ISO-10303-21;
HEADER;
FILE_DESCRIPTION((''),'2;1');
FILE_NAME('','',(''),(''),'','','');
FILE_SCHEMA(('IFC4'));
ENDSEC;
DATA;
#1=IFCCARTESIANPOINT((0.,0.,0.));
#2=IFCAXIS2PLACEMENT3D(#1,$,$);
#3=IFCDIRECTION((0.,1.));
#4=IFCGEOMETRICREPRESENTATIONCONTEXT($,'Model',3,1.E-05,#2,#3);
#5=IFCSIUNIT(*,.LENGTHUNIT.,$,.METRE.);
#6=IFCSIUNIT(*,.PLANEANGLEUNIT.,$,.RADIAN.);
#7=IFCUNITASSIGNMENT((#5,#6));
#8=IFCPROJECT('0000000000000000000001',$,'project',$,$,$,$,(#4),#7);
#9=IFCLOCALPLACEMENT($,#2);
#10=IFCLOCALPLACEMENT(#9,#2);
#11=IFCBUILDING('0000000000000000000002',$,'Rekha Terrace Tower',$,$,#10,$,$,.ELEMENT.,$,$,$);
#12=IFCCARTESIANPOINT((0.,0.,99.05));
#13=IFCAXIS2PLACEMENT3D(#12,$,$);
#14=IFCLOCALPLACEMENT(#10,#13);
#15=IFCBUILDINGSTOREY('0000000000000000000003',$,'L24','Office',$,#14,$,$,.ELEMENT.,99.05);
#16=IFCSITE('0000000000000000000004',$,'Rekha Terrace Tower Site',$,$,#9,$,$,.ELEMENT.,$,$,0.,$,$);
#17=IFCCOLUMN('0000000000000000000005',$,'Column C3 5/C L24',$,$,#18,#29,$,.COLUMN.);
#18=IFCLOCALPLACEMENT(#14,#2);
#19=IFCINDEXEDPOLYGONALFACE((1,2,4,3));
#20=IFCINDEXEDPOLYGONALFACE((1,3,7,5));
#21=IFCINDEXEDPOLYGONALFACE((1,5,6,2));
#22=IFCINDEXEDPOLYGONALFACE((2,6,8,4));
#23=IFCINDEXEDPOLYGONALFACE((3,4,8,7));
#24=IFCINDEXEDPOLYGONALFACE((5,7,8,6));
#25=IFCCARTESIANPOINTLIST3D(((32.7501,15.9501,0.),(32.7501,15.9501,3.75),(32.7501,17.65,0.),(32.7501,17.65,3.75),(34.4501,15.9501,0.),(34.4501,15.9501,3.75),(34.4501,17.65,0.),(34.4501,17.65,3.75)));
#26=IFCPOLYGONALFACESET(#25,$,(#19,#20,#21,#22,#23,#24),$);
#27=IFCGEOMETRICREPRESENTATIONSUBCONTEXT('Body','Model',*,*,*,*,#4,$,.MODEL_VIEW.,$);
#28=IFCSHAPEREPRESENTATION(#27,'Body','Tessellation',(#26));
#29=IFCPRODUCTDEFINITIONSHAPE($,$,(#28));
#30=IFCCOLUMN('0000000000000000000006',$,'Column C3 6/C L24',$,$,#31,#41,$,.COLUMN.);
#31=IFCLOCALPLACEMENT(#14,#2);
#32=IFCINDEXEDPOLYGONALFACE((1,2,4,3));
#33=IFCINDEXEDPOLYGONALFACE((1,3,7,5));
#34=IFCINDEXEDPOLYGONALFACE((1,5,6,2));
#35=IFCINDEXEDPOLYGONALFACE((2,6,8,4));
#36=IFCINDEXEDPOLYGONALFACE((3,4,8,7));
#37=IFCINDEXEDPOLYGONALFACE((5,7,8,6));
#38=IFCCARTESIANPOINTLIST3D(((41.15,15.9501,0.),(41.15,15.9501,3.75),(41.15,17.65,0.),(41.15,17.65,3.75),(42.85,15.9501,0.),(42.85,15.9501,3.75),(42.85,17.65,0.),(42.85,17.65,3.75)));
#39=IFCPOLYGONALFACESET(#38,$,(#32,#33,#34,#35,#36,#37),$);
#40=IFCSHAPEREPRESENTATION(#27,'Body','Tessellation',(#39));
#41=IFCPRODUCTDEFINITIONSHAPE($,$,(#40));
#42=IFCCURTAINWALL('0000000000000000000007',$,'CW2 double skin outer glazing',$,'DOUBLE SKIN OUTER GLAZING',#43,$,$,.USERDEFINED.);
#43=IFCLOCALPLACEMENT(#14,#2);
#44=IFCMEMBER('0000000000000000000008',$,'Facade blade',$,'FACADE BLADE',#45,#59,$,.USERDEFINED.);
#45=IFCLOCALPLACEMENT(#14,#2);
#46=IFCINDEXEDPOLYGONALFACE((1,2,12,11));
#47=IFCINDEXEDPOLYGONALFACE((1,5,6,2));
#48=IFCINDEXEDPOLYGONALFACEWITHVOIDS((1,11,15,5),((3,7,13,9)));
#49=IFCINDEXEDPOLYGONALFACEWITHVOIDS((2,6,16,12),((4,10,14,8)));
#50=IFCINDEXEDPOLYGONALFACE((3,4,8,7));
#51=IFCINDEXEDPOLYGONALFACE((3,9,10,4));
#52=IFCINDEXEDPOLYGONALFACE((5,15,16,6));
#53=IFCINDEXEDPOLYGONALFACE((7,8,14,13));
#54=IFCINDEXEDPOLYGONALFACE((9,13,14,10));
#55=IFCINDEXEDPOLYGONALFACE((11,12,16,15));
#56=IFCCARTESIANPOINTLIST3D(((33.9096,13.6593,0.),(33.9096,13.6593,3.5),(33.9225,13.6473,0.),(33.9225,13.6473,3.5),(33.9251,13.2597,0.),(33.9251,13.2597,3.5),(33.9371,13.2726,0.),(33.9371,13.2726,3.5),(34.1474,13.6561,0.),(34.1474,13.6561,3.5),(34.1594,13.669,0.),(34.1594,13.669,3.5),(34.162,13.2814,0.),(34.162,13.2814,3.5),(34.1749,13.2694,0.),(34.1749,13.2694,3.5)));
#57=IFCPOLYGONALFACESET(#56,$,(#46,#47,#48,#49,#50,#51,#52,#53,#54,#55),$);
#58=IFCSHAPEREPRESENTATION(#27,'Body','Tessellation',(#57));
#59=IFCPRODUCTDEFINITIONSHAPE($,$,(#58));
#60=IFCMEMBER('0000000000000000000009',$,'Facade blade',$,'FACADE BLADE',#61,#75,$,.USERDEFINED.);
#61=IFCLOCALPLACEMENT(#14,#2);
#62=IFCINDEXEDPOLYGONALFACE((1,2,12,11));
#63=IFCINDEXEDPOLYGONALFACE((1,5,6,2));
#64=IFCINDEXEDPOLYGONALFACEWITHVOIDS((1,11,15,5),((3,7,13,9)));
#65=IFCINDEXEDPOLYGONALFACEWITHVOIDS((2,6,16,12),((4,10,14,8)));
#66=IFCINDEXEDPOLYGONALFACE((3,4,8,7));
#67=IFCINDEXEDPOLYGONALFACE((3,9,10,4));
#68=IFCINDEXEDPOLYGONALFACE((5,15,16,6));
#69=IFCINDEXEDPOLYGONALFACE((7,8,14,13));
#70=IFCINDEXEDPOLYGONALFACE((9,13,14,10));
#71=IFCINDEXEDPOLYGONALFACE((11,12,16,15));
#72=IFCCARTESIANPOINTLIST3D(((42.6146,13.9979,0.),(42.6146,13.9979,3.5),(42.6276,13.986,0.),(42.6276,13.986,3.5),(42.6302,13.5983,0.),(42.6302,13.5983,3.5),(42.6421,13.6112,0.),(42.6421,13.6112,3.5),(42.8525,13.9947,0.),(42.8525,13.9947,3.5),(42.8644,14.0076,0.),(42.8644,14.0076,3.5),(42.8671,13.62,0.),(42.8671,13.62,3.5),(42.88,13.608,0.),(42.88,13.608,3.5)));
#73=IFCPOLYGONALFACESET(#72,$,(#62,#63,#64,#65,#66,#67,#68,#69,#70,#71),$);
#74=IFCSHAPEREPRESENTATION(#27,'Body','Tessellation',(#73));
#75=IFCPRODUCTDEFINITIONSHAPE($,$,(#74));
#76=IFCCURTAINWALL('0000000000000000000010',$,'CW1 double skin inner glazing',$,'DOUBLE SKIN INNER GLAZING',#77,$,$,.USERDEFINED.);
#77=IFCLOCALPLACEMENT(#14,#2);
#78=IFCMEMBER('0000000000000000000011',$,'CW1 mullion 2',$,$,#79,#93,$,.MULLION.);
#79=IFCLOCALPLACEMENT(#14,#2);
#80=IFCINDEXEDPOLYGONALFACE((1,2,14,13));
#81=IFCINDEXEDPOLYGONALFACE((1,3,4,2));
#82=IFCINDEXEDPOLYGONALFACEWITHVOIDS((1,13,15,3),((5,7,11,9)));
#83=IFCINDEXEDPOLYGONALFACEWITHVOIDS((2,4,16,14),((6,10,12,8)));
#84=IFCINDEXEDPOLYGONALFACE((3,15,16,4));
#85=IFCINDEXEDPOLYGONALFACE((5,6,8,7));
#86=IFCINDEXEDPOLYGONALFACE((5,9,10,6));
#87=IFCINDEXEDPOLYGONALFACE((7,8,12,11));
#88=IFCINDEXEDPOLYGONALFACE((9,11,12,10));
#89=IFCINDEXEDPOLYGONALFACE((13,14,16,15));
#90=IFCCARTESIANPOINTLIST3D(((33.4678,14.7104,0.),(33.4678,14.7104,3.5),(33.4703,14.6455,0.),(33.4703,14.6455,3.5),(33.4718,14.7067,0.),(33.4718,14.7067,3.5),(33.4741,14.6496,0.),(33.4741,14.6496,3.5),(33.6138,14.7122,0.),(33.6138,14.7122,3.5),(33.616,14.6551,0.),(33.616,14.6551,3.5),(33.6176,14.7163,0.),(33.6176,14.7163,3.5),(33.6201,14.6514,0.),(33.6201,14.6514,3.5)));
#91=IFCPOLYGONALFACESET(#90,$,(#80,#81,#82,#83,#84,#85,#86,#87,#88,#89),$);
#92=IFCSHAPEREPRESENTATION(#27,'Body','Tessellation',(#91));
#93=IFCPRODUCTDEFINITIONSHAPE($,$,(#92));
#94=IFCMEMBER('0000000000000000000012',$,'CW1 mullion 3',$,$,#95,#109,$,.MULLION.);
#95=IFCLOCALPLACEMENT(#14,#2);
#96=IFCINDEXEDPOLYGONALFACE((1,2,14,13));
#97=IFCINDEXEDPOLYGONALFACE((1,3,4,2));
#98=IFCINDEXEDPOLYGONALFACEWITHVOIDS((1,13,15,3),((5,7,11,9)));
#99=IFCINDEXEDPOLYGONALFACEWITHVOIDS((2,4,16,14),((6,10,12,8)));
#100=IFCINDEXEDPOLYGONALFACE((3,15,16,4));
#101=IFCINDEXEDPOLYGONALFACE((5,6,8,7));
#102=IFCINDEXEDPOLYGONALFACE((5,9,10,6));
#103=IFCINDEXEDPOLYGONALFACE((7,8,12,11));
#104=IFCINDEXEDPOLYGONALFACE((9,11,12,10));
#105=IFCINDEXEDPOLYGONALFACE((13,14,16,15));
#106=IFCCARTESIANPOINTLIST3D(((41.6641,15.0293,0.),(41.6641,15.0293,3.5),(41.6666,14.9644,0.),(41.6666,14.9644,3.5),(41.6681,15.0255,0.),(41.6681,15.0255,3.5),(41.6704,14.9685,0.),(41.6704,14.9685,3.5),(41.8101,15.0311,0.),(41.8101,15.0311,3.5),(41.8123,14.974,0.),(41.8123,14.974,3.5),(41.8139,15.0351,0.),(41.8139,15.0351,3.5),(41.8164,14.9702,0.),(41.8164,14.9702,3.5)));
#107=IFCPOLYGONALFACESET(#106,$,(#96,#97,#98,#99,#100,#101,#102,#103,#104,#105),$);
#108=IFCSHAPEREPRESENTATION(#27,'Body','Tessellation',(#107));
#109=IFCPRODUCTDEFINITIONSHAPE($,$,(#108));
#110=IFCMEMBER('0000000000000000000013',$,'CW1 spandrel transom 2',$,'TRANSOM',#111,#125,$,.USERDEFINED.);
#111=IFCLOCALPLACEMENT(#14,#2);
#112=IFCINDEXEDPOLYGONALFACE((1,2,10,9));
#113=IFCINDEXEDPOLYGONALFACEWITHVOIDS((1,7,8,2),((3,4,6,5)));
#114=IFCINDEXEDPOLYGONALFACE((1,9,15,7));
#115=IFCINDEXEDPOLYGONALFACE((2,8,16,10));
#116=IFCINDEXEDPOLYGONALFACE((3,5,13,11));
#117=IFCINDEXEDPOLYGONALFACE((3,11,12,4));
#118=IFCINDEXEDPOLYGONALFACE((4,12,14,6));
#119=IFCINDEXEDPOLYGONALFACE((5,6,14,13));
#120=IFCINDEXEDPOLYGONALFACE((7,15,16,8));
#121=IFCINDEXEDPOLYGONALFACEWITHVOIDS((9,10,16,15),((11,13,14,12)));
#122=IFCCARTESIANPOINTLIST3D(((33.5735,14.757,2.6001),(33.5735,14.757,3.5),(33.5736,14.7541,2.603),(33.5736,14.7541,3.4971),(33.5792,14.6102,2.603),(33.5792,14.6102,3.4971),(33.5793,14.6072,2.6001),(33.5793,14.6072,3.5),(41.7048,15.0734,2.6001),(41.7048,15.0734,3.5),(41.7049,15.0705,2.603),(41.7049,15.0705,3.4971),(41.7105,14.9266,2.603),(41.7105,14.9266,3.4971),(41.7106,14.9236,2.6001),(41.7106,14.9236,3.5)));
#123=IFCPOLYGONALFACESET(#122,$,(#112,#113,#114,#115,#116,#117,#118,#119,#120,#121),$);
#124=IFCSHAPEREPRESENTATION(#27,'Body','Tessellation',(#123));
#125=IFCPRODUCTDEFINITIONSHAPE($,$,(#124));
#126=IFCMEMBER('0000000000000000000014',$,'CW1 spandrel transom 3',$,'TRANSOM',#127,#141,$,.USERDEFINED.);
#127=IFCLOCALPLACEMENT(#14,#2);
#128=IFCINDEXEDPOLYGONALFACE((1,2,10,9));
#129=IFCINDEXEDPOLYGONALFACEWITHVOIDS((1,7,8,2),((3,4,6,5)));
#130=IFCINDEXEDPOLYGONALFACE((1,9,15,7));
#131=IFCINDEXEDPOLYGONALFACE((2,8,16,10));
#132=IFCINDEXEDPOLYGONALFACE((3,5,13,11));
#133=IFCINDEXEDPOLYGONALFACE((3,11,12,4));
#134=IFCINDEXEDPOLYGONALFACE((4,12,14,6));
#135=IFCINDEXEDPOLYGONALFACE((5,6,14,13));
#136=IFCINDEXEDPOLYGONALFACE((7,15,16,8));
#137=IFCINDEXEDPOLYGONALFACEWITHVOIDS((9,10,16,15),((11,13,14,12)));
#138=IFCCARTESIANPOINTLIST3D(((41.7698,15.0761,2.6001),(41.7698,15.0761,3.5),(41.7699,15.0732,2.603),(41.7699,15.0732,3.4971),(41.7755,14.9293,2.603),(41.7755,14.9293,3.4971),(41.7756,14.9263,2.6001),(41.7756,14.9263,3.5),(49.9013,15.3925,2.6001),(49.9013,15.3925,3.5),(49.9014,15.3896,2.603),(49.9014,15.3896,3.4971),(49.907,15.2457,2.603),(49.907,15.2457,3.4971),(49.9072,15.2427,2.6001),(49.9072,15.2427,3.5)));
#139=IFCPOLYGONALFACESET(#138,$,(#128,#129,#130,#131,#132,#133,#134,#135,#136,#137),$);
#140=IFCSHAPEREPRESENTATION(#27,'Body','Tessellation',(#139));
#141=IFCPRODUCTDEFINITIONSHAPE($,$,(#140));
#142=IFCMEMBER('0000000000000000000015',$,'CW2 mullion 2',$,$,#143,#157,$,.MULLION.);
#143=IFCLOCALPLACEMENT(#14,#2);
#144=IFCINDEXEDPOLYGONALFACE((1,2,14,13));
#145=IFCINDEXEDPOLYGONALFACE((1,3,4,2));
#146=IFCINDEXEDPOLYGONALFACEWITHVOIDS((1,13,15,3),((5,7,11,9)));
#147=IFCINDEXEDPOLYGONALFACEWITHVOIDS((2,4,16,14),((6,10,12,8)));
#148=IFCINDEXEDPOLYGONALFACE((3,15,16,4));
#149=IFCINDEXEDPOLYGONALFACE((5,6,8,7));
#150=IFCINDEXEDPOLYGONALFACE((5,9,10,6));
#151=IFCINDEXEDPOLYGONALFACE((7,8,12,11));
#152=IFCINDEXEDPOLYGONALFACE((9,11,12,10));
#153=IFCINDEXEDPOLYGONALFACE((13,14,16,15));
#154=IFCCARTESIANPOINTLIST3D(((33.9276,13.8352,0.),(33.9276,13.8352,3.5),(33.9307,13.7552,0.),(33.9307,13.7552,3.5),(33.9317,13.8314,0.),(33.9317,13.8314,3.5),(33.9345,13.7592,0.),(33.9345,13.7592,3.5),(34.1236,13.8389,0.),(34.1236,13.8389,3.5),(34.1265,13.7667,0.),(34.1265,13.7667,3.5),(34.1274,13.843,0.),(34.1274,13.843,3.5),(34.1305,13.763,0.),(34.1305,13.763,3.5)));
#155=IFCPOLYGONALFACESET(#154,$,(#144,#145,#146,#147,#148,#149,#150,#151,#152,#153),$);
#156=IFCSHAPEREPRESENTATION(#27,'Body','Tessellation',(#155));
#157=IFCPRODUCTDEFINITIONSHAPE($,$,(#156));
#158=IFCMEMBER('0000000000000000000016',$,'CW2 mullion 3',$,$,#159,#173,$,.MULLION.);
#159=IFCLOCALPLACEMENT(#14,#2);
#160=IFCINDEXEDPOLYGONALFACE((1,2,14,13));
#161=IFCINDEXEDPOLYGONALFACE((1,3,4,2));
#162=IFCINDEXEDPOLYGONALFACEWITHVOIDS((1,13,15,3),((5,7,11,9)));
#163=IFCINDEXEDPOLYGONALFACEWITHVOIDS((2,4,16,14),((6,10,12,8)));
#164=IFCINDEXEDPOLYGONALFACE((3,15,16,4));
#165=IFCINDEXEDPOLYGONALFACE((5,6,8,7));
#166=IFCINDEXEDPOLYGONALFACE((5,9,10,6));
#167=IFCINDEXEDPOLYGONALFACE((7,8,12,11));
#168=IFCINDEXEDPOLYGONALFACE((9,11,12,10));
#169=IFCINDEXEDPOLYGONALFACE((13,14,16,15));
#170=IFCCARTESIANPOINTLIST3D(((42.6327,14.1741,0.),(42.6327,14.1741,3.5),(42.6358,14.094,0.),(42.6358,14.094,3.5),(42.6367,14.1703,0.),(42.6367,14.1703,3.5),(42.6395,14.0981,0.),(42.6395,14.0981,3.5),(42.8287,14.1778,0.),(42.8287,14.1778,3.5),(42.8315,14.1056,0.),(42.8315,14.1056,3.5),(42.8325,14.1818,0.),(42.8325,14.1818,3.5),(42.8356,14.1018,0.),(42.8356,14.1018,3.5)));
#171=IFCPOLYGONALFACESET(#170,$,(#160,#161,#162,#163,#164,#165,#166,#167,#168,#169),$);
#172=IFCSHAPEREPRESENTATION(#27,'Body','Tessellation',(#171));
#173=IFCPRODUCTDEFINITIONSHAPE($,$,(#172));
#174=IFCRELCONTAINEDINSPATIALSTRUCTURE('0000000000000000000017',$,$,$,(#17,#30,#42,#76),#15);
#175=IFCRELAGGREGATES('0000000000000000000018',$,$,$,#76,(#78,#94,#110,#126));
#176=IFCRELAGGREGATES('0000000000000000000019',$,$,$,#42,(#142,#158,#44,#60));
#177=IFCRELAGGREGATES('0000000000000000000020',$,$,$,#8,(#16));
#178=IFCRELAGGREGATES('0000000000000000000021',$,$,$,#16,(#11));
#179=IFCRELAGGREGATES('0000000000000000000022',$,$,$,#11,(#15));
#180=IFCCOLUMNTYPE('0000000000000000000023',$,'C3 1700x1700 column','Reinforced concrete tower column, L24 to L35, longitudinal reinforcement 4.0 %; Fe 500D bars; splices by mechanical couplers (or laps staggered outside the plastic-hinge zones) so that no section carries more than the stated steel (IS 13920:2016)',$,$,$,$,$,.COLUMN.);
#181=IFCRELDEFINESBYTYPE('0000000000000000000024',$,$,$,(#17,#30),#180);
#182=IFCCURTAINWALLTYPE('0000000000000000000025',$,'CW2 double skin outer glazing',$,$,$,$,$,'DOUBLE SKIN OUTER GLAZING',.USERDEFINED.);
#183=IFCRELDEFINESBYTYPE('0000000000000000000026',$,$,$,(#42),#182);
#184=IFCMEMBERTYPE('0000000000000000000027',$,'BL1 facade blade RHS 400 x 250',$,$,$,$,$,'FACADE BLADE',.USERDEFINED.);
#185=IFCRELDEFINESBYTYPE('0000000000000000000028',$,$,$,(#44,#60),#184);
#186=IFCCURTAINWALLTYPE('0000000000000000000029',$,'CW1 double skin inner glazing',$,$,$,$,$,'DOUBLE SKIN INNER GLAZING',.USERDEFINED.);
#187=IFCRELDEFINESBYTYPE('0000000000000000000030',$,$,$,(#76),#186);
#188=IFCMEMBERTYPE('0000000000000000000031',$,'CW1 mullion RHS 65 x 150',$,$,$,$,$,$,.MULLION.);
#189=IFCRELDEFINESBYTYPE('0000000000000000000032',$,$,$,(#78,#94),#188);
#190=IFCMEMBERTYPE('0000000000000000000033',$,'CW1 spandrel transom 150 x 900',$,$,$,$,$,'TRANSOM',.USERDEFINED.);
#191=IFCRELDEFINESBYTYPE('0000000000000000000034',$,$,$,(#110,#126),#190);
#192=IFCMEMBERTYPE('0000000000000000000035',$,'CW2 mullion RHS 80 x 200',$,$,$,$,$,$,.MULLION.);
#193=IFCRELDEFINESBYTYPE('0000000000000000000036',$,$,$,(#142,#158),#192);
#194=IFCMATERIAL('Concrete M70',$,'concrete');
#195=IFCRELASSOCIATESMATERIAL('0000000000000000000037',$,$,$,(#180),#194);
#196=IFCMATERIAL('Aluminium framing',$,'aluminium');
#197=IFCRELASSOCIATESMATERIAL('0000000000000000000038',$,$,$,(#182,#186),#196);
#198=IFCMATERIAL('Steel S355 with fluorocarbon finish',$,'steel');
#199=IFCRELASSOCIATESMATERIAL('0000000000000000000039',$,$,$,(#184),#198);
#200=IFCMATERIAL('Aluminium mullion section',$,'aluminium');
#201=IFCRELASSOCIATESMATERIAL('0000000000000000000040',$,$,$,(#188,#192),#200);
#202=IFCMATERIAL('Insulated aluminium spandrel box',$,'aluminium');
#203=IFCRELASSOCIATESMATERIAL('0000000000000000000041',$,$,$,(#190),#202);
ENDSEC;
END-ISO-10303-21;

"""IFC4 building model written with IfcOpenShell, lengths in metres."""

from ifc_helpers import new_model, si_unit, direction, frame, origin, origin_2d, place, context, subcontext, project, spatial, rectangle, hollow_rectangle, extrude, material, material_profile, profile_set, type_object, element, aggregate, save


model = new_model("IFC4")

# Units and contexts
model_context = context("Model", 3, precision=1e-05, world=origin(), true_north=direction((0.0, 1.0)))
body_context = subcontext(model_context, "Body", "Model", "MODEL_VIEW")
ifc_project = project(units=[si_unit("LENGTHUNIT", "METRE"), si_unit("PLANEANGLEUNIT", "RADIAN")], contexts=[model_context])

# Site, building, storey
site_placement = place(None, origin())
site = spatial("IfcSite", under=ifc_project, at=site_placement, Name="Rekha Terrace Tower Site", CompositionType="ELEMENT", RefElevation=0.0)
building_placement = place(site_placement, origin())
building = spatial("IfcBuilding", under=site, at=building_placement, Name="Rekha Terrace Tower", CompositionType="ELEMENT")
storey_placement = place(building_placement, frame((0.0, 0.0, 99.05)))
storey = spatial("IfcBuildingStorey", under=building, at=storey_placement, Name="L24", Description="Office", CompositionType="ELEMENT", Elevation=99.05)

# Columns
ifc_material_1 = material(Name="Concrete M70", Category="concrete")
ifc_material_profile_1 = material_profile(ifc_material_1, rectangle(XDim=1.7, YDim=1.7, at=origin_2d()), Name="RC 1700x1700")
ifc_profile_set_1 = profile_set([ifc_material_profile_1], Name="Concrete M70")
column_type = type_object("IfcColumnType", Name="C3 1700x1700 column", Description="Reinforced concrete tower column, L24 to L35, longitudinal reinforcement 4.0 %; Fe 500D bars; splices by mechanical couplers (or laps staggered outside the plastic-hinge zones) so that no section carries more than the stated steel (IS 13920:2016)", PredefinedType="COLUMN", material=ifc_profile_set_1)
for number, where, z_axis, x_axis, name in (
    (1, (33.6001, 16.8, 0.0), (0.0, 0.0, 1.0), (1.0, 0.0, 0.0), "Column C3 5/C L24"),
    (2, (42.0, 16.8, 0.0), (0.0, 0.0, 1.0), (1.0, 0.0, 0.0), "Column C3 6/C L24"),
):
    element("IfcColumn", number, at=place(storey_placement, frame(where, z_axis=z_axis, x_axis=x_axis)), inside=storey, type_object=column_type, Name=name, PredefinedType="COLUMN", context=body_context, shape_type="SweptSolid", body=[
        extrude(rectangle(XDim=1.7, YDim=1.7, at=origin_2d()), origin(), (0.0, 0.0, 1.0), 3.75),
    ])

# Curtain walls, members
ifc_material_2 = material(Name="Aluminium framing", Category="aluminium")
curtain_wall_type_1 = type_object("IfcCurtainWallType", Name="CW2 double skin outer glazing", ElementType="DOUBLE SKIN OUTER GLAZING", PredefinedType="USERDEFINED", material=ifc_material_2)
curtain_wall_1_placement = place(storey_placement, origin())
curtain_wall_1 = element("IfcCurtainWall", 3, at=curtain_wall_1_placement, inside=storey, type_object=curtain_wall_type_1, Name="CW2 double skin outer glazing", ObjectType="DOUBLE SKIN OUTER GLAZING", PredefinedType="USERDEFINED")
ifc_material_3 = material(Name="Steel S355 with fluorocarbon finish", Category="steel")
ifc_material_profile_2 = material_profile(ifc_material_3, hollow_rectangle(XDim=0.25, YDim=0.3999, WallThickness=0.0125, at=origin_2d()), Name="RHS400x250x12.5")
ifc_profile_set_2 = profile_set([ifc_material_profile_2], Name="Steel S355 with fluorocarbon finish")
member_type_1 = type_object("IfcMemberType", Name="BL1 facade blade RHS 400 x 250", ElementType="FACADE BLADE", PredefinedType="USERDEFINED", material=ifc_profile_set_2)
member_1_placement = place(storey_placement, frame((34.0422, 13.4644, 0.0), z_axis=(0.0, 0.0, 1.0), x_axis=(0.999243, 0.03889, 0.0)))
member_1 = element("IfcMember", 4, at=member_1_placement, type_object=member_type_1, Name="Facade blade", ObjectType="FACADE BLADE", PredefinedType="USERDEFINED", context=body_context, shape_type="SweptSolid", body=[
    extrude(hollow_rectangle(XDim=0.25, YDim=0.3999, WallThickness=0.0125, at=origin_2d()), origin(), (0.0, 0.0, 1.0), 3.5),
])
member_2_placement = place(storey_placement, frame((42.7473, 13.803, 0.0), z_axis=(0.0, 0.0, 1.0), x_axis=(0.999243, 0.03889, 0.0)))
member_2 = element("IfcMember", 5, at=member_2_placement, type_object=member_type_1, Name="Facade blade", ObjectType="FACADE BLADE", PredefinedType="USERDEFINED", context=body_context, shape_type="SweptSolid", body=[
    extrude(hollow_rectangle(XDim=0.25, YDim=0.3999, WallThickness=0.0125, at=origin_2d()), origin(), (0.0, 0.0, 1.0), 3.5),
])
curtain_wall_type_2 = type_object("IfcCurtainWallType", Name="CW1 double skin inner glazing", ElementType="DOUBLE SKIN INNER GLAZING", PredefinedType="USERDEFINED", material=ifc_material_2)
curtain_wall_2_placement = place(storey_placement, origin())
curtain_wall_2 = element("IfcCurtainWall", 6, at=curtain_wall_2_placement, inside=storey, type_object=curtain_wall_type_2, Name="CW1 double skin inner glazing", ObjectType="DOUBLE SKIN INNER GLAZING", PredefinedType="USERDEFINED")
ifc_material_4 = material(Name="Aluminium mullion section", Category="aluminium")
ifc_material_profile_3 = material_profile(ifc_material_4, hollow_rectangle(XDim=0.0649, YDim=0.1499, WallThickness=0.0039, at=origin_2d()), Name="AL RHS 65x150")
ifc_profile_set_3 = profile_set([ifc_material_profile_3], Name="Aluminium mullion section")
member_type_2 = type_object("IfcMemberType", Name="CW1 mullion RHS 65 x 150", PredefinedType="MULLION", material=ifc_profile_set_3)
member_3_placement = place(storey_placement, frame((33.5439, 14.6809, 0.0), z_axis=(0.0, 0.0, 1.0), x_axis=(-0.03889, 0.999243, 0.0)))
member_3 = element("IfcMember", 7, at=member_3_placement, type_object=member_type_2, Name="CW1 mullion 2", PredefinedType="MULLION", context=body_context, shape_type="SweptSolid", body=[
    extrude(hollow_rectangle(XDim=0.0649, YDim=0.1499, WallThickness=0.0039, at=origin_2d()), origin(), (0.0, 0.0, 1.0), 3.5),
])
member_4_placement = place(storey_placement, frame((41.7402, 14.9998, 0.0), z_axis=(0.0, 0.0, 1.0), x_axis=(-0.03889, 0.999243, 0.0)))
member_4 = element("IfcMember", 8, at=member_4_placement, type_object=member_type_2, Name="CW1 mullion 3", PredefinedType="MULLION", context=body_context, shape_type="SweptSolid", body=[
    extrude(hollow_rectangle(XDim=0.0649, YDim=0.1499, WallThickness=0.0039, at=origin_2d()), origin(), (0.0, 0.0, 1.0), 3.5),
])
ifc_material_5 = material(Name="Insulated aluminium spandrel box", Category="aluminium")
ifc_material_profile_4 = material_profile(ifc_material_5, hollow_rectangle(XDim=0.1499, YDim=0.8999, WallThickness=0.0029, at=origin_2d()), Name="AL SPANDREL BOX 150x900")
ifc_profile_set_4 = profile_set([ifc_material_profile_4], Name="Insulated aluminium spandrel box")
member_type_3 = type_object("IfcMemberType", Name="CW1 spandrel transom 150 x 900", ElementType="TRANSOM", PredefinedType="USERDEFINED", material=ifc_profile_set_4)
member_5_placement = place(storey_placement, frame((33.5764, 14.6821, 3.05), z_axis=(0.999244, 0.038882, 0.0), x_axis=(-0.038882, 0.999244, 0.0)))
member_5 = element("IfcMember", 9, at=member_5_placement, type_object=member_type_3, Name="CW1 spandrel transom 2", ObjectType="TRANSOM", PredefinedType="USERDEFINED", context=body_context, shape_type="SweptSolid", body=[
    extrude(hollow_rectangle(XDim=0.1499, YDim=0.8999, WallThickness=0.0029, at=origin_2d()), origin(), (0.0, 0.0, 1.0), 8.1375),
])
member_6_placement = place(storey_placement, frame((41.7727, 15.0012, 3.05), z_axis=(0.999244, 0.038881, 0.0), x_axis=(-0.038881, 0.999244, 0.0)))
member_6 = element("IfcMember", 10, at=member_6_placement, type_object=member_type_3, Name="CW1 spandrel transom 3", ObjectType="TRANSOM", PredefinedType="USERDEFINED", context=body_context, shape_type="SweptSolid", body=[
    extrude(hollow_rectangle(XDim=0.1499, YDim=0.8999, WallThickness=0.0029, at=origin_2d()), origin(), (0.0, 0.0, 1.0), 8.1377),
])

# Members
ifc_material_profile_5 = material_profile(ifc_material_4, hollow_rectangle(XDim=0.0801, YDim=0.2, WallThickness=0.0039, at=origin_2d()), Name="AL RHS 80x200")
ifc_profile_set_5 = profile_set([ifc_material_profile_5], Name="Aluminium mullion section")
member_type_4 = type_object("IfcMemberType", Name="CW2 mullion RHS 80 x 200", PredefinedType="MULLION", material=ifc_profile_set_5)
member_7_placement = place(storey_placement, frame((34.0291, 13.7991, 0.0), z_axis=(0.0, 0.0, 1.0), x_axis=(-0.03889, 0.999243, 0.0)))
member_7 = element("IfcMember", 11, at=member_7_placement, type_object=member_type_4, Name="CW2 mullion 2", PredefinedType="MULLION", context=body_context, shape_type="SweptSolid", body=[
    extrude(hollow_rectangle(XDim=0.0801, YDim=0.2, WallThickness=0.0039, at=origin_2d()), origin(), (0.0, 0.0, 1.0), 3.5),
])
member_8_placement = place(storey_placement, frame((42.7341, 14.1379, 0.0), z_axis=(0.0, 0.0, 1.0), x_axis=(-0.03889, 0.999243, 0.0)))
member_8 = element("IfcMember", 12, at=member_8_placement, type_object=member_type_4, Name="CW2 mullion 3", PredefinedType="MULLION", context=body_context, shape_type="SweptSolid", body=[
    extrude(hollow_rectangle(XDim=0.0801, YDim=0.2, WallThickness=0.0039, at=origin_2d()), origin(), (0.0, 0.0, 1.0), 3.5),
])

aggregate(curtain_wall_2, [member_3, member_4, member_5, member_6])
aggregate(curtain_wall_1, [member_7, member_8, member_1, member_2])

save(model, "model.ifc")
